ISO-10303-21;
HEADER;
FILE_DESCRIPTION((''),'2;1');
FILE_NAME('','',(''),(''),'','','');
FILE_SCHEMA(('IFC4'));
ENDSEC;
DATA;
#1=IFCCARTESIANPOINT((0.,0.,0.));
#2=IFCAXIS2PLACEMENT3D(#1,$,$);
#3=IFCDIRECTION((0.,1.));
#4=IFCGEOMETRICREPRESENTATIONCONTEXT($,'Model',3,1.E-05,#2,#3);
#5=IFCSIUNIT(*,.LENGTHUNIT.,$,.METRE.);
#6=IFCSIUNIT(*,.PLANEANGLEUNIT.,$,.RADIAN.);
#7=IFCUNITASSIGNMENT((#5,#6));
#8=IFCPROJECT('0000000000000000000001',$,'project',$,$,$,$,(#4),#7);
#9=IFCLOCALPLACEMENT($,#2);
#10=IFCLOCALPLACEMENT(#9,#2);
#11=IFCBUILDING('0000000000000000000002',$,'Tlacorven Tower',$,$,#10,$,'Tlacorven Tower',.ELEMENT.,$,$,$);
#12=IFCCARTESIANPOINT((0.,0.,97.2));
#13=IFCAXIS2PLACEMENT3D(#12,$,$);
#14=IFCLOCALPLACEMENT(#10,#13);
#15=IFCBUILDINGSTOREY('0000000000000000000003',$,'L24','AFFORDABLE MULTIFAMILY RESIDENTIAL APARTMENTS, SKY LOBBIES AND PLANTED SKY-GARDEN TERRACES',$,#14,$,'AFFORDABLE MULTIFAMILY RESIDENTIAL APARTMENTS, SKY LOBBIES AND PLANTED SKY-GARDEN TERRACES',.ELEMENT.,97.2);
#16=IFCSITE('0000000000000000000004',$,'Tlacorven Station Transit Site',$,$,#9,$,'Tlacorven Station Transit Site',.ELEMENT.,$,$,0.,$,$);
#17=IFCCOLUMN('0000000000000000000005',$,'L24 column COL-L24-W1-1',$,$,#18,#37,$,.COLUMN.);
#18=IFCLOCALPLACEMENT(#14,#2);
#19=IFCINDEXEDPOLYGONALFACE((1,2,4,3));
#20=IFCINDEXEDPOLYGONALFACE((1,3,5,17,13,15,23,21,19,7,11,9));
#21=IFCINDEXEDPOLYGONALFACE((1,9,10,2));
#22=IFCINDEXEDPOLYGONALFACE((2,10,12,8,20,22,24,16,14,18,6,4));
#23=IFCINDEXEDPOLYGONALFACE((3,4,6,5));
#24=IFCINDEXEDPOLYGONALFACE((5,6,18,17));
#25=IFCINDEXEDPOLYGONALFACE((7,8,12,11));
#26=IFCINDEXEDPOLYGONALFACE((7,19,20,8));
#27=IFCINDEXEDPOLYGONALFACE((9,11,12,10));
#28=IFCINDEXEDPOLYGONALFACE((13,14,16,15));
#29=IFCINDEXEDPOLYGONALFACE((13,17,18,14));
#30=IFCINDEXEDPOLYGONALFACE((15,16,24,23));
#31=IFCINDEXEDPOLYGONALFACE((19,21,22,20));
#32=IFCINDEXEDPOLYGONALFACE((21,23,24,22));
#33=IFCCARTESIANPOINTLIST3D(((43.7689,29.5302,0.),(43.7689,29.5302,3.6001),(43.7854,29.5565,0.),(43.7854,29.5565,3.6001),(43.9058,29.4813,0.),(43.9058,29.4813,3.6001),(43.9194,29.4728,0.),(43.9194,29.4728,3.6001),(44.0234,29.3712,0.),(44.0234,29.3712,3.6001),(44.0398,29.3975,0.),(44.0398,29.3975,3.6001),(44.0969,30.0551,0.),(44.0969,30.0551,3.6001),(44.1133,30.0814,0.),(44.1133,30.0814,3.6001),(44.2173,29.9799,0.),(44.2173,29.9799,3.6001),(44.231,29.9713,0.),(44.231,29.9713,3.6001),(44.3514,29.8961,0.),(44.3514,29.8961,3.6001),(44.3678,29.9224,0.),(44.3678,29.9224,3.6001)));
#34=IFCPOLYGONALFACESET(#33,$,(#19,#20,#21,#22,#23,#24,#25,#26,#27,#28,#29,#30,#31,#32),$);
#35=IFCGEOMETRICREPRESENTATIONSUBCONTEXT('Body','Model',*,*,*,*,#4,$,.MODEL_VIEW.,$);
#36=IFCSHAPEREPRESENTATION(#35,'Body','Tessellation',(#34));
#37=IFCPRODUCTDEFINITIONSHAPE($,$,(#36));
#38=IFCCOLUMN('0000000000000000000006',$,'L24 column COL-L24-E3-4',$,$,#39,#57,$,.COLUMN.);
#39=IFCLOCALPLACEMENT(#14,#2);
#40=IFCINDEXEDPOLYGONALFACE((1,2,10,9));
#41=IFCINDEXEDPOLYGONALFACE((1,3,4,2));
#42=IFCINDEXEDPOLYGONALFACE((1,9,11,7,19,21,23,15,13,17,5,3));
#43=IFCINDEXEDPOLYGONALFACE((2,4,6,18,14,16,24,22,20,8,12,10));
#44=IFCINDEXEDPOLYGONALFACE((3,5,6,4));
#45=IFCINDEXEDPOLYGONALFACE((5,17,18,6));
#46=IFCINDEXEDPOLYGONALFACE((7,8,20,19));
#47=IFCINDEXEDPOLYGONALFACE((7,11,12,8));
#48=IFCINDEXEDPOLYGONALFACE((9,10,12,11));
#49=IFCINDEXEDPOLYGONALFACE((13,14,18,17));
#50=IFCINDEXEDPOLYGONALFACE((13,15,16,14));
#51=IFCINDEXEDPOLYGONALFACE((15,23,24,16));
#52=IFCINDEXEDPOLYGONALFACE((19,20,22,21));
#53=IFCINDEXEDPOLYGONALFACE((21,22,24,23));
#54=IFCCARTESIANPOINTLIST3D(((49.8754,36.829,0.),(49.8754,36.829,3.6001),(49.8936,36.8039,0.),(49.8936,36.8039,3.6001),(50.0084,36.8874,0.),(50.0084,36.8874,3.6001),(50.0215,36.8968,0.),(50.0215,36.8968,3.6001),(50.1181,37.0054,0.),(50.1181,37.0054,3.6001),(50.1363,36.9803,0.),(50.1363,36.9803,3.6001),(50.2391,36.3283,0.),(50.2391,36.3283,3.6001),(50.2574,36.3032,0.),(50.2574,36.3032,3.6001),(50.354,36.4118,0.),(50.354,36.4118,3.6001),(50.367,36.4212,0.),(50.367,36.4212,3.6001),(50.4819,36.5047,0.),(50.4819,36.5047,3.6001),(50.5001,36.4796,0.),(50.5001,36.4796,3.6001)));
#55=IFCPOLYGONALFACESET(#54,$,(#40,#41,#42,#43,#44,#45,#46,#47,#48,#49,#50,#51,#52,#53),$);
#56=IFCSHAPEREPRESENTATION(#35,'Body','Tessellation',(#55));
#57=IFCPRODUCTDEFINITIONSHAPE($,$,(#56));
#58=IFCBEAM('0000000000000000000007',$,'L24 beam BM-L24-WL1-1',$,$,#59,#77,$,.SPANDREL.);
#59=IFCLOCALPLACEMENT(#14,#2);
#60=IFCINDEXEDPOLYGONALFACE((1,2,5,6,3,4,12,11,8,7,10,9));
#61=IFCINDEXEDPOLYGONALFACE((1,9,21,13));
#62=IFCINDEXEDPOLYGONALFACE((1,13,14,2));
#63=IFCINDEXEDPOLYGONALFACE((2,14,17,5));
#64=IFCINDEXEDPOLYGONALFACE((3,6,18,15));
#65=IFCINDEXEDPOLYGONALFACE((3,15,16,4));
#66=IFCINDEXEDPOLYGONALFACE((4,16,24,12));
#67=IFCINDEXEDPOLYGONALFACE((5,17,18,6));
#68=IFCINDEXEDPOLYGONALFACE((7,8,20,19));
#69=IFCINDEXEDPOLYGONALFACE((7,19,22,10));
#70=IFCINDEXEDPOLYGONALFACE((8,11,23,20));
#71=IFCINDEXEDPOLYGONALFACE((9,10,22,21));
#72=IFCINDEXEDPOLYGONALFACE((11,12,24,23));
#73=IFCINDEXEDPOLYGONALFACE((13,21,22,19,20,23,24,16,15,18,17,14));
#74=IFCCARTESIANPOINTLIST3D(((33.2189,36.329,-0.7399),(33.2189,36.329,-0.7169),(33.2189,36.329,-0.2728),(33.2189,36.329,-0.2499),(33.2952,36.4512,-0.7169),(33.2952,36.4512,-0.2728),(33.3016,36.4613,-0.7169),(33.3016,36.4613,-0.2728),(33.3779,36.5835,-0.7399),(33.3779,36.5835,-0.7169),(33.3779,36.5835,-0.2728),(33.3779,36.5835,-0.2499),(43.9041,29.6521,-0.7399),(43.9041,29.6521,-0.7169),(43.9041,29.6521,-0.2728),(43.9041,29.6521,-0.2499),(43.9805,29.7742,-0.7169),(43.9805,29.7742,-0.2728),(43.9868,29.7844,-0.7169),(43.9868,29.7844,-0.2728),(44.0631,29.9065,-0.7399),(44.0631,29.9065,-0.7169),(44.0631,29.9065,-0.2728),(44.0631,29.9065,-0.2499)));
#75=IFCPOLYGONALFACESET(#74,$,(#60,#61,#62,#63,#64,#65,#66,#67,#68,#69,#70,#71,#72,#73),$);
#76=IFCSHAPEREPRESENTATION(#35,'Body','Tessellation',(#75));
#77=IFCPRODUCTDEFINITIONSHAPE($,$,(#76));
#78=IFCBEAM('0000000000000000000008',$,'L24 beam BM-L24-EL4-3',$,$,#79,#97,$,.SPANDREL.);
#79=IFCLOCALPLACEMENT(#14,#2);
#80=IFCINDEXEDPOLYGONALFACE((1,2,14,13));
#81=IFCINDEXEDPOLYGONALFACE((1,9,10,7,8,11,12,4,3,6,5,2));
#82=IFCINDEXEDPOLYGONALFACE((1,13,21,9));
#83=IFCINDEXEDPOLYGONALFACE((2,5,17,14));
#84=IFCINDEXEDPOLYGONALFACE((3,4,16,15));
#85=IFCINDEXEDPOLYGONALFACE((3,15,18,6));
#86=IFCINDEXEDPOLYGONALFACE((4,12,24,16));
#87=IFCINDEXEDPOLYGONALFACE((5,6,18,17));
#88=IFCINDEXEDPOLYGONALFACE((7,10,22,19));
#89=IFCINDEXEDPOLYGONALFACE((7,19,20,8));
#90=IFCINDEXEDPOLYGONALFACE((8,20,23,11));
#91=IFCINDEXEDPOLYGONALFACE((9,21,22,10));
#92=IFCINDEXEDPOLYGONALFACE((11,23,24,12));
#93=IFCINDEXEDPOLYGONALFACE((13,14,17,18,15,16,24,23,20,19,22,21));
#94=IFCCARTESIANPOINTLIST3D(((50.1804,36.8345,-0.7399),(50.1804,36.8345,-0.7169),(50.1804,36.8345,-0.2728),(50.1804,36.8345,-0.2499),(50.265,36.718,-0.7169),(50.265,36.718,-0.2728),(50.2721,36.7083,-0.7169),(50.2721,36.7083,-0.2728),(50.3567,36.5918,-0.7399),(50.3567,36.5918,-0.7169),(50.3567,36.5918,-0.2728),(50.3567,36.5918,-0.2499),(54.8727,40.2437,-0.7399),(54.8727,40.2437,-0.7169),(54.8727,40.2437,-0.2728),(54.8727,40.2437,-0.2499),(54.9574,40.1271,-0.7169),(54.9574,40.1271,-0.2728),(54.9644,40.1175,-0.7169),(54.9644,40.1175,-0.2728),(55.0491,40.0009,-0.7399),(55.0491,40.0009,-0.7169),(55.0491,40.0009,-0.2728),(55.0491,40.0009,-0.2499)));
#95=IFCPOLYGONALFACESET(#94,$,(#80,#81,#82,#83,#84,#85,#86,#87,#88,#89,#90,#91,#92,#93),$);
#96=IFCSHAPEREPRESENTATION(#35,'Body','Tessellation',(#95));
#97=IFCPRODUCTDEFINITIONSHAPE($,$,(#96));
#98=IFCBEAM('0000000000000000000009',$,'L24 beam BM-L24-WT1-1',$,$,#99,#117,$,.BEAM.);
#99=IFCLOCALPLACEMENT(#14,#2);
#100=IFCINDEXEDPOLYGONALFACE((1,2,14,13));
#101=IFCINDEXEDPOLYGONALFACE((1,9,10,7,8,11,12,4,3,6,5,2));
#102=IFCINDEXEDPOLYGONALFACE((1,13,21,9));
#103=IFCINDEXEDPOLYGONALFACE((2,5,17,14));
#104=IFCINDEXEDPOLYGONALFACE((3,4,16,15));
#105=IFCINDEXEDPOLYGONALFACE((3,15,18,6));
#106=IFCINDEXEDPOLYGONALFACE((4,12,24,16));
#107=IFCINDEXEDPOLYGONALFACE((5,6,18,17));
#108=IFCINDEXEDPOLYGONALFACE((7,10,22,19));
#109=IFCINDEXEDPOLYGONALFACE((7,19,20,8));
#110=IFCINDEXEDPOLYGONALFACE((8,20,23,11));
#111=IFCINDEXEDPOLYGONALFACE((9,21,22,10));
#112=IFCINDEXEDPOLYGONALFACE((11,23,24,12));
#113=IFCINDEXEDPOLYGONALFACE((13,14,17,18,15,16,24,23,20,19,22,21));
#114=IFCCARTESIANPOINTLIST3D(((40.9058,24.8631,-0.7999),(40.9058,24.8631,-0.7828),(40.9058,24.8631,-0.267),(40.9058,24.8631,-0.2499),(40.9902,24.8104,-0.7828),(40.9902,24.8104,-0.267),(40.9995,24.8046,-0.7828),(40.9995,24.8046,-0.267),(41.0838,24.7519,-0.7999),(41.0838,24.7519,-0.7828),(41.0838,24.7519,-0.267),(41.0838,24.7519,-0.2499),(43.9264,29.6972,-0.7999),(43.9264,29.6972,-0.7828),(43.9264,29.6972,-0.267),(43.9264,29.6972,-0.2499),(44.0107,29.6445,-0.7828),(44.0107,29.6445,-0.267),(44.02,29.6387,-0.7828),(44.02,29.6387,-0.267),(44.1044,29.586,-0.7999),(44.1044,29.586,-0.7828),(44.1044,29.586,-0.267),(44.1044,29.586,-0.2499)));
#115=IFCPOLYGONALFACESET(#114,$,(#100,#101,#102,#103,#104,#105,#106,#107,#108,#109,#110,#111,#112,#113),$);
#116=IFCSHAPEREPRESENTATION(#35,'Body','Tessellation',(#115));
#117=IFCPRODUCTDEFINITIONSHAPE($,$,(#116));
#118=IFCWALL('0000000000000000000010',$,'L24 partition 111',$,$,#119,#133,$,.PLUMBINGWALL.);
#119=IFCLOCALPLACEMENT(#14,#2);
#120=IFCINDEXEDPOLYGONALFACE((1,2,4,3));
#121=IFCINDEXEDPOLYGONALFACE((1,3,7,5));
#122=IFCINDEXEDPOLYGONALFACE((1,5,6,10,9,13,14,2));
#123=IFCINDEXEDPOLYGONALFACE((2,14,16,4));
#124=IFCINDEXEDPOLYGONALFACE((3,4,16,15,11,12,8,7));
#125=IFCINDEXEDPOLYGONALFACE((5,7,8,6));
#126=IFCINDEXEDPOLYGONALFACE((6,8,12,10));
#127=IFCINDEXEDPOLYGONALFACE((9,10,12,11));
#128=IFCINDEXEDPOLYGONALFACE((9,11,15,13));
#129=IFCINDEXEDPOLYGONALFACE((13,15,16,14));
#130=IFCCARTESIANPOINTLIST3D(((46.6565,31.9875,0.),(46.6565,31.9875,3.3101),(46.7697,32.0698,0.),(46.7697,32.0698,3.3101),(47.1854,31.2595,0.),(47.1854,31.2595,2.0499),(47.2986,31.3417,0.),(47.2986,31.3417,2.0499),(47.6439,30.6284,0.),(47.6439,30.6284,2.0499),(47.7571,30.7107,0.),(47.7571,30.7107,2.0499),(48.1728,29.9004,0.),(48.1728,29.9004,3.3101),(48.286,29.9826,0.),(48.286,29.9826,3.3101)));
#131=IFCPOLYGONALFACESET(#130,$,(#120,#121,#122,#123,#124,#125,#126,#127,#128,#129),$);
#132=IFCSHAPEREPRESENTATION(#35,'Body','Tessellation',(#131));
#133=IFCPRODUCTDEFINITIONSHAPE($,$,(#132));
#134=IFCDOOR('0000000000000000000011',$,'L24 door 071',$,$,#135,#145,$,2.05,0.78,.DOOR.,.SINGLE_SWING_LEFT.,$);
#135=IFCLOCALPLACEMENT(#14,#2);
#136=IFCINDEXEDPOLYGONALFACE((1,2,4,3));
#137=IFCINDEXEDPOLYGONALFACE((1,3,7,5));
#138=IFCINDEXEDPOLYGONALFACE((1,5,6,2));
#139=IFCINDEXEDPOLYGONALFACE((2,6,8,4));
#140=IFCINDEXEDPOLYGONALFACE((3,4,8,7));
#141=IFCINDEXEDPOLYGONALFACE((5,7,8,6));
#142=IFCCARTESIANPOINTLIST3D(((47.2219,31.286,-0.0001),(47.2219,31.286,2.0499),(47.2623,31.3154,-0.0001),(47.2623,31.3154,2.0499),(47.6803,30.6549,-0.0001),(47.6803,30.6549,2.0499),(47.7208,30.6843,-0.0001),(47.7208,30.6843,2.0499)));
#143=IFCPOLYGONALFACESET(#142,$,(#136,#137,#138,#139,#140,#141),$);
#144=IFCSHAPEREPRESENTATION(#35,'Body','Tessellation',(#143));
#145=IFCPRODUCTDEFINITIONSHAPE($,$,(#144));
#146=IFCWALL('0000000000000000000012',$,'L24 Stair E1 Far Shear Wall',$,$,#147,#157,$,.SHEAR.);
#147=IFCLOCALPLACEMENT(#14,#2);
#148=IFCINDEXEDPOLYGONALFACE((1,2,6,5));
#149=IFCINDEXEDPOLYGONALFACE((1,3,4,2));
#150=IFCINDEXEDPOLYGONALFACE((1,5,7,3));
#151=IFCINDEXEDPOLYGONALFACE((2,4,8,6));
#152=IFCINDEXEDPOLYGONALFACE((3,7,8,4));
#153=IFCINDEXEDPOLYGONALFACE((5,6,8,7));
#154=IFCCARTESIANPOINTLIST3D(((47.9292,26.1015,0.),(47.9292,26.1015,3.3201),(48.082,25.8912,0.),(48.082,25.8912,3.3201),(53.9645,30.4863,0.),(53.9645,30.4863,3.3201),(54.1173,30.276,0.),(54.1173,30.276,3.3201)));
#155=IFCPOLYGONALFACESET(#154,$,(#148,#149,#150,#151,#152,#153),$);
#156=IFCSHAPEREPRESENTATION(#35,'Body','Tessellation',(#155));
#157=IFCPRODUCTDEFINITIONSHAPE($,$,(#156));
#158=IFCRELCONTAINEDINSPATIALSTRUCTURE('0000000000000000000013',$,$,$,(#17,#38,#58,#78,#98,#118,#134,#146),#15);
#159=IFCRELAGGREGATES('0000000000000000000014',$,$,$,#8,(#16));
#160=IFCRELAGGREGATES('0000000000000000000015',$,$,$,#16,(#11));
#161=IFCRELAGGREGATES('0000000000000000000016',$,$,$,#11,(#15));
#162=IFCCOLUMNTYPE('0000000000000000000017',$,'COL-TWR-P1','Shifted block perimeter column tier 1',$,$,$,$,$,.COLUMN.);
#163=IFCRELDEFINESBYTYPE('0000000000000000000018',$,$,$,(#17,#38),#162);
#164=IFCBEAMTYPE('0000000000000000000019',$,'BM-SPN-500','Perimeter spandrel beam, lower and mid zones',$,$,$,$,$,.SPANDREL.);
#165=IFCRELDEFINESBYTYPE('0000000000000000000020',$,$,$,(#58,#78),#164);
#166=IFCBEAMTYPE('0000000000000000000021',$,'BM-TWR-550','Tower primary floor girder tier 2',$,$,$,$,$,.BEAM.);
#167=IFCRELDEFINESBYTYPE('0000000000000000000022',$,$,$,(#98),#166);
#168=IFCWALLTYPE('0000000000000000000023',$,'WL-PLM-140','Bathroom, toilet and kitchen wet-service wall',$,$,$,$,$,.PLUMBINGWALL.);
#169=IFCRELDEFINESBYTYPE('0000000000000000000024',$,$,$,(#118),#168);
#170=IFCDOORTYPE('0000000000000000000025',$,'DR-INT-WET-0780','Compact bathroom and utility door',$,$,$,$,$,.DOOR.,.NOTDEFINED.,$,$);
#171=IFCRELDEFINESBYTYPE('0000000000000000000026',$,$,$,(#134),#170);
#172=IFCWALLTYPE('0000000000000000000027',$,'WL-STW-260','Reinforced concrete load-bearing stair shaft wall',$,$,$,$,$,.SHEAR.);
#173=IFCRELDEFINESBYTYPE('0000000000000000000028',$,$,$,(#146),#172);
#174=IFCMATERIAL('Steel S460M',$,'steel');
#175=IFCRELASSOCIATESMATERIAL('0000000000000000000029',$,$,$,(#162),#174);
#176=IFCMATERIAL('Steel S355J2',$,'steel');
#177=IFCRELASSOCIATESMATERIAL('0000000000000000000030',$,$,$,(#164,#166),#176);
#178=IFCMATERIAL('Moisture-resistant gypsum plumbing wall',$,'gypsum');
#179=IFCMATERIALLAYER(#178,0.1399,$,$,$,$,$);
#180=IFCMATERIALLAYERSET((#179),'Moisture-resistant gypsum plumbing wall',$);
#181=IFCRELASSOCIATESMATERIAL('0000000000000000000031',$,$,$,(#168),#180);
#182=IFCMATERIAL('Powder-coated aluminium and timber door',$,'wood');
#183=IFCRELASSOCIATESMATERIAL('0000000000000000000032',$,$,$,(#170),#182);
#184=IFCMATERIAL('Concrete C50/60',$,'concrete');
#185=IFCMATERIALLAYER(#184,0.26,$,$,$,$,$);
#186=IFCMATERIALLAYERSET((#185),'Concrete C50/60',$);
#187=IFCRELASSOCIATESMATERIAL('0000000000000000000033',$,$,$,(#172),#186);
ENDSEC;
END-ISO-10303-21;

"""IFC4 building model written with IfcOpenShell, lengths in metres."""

from ifc_helpers import new_model, si_unit, direction, frame, frame_2d, origin, origin_2d, place, context, subcontext, project, spatial, rectangle, i_section, extrude, source, transform, mapped, material, layer, layer_set, material_profile, profile_set, type_object, element, fill, save


model = new_model("IFC4")

# Units and contexts
model_context = context("Model", 3, precision=1e-05, world=origin(), true_north=direction((0.0, 1.0)))
body_context = subcontext(model_context, "Body", "Model", "MODEL_VIEW")
ifc_project = project(units=[si_unit("LENGTHUNIT", "METRE"), si_unit("PLANEANGLEUNIT", "RADIAN")], contexts=[model_context])

# Site, building, storey
site_placement = place(None, origin())
site = spatial("IfcSite", under=ifc_project, at=site_placement, Name="Tlacorven Station Transit Site", LongName="Tlacorven Station Transit Site", CompositionType="ELEMENT", RefElevation=0.0)
building_placement = place(site_placement, origin())
building = spatial("IfcBuilding", under=site, at=building_placement, Name="Tlacorven Tower", LongName="Tlacorven Tower", CompositionType="ELEMENT")
storey_placement = place(building_placement, frame((0.0, 0.0, 97.2)))
storey = spatial("IfcBuildingStorey", under=building, at=storey_placement, Name="L24", Description="AFFORDABLE MULTIFAMILY RESIDENTIAL APARTMENTS, SKY LOBBIES AND PLANTED SKY-GARDEN TERRACES", LongName="AFFORDABLE MULTIFAMILY RESIDENTIAL APARTMENTS, SKY LOBBIES AND PLANTED SKY-GARDEN TERRACES", CompositionType="ELEMENT", Elevation=97.2)

# Columns
ifc_material_1 = material(Name="Steel S460M", Category="steel")
ifc_material_profile_1 = material_profile(ifc_material_1, i_section(OverallWidth=0.3, OverallDepth=0.6499, WebThickness=0.0161, FlangeThickness=0.031, at=origin_2d()), Name="HEB 650")
ifc_profile_set_1 = profile_set([ifc_material_profile_1], Name="Steel S460M")
column_type = type_object("IfcColumnType", Name="COL-TWR-P1", Description="Shifted block perimeter column tier 1", PredefinedType="COLUMN", material=ifc_profile_set_1)
shared_shape_1 = source(origin(), body_context, "Body", "SweptSolid", [
    extrude(i_section(OverallWidth=0.3, OverallDepth=0.6499, WebThickness=0.0161, FlangeThickness=0.031, at=origin_2d()), origin(), (0.0, 0.0, 1.0), 3.6001),
])
for number, where, z_axis, x_axis, name in (
    (1, (44.0684, 29.7263, 0.0), (0.0, 0.0, 1.0), (-0.848048, 0.529919, 0.0), "L24 column COL-L24-W1-1"),
    (2, (50.1877, 36.6543, 0.0), (0.0, 0.0, 1.0), (0.809017, 0.587785, 0.0), "L24 column COL-L24-E3-4"),
):
    element("IfcColumn", number, at=place(storey_placement, frame(where, z_axis=z_axis, x_axis=x_axis)), inside=storey, type_object=column_type, Name=name, PredefinedType="COLUMN", context=body_context, shape_type="MappedRepresentation", body=[
        mapped(shared_shape_1, transform((0.0, 0.0, 0.0), scale=1.0)),
    ])

# Beams
ifc_material_2 = material(Name="Steel S355J2", Category="steel")
ifc_material_profile_2 = material_profile(ifc_material_2, i_section(OverallWidth=0.3, OverallDepth=0.49, WebThickness=0.012, FlangeThickness=0.0229, at=origin_2d()), Name="HEA 500")
ifc_profile_set_2 = profile_set([ifc_material_profile_2], Name="Steel S355J2")
beam_type_1 = type_object("IfcBeamType", Name="BM-SPN-500", Description="Perimeter spandrel beam, lower and mid zones", PredefinedType="SPANDREL", material=ifc_profile_set_2)
shared_shape_2 = source(origin(), body_context, "Body", "SweptSolid", [
    extrude(i_section(OverallWidth=0.3, OverallDepth=0.49, WebThickness=0.012, FlangeThickness=0.0229, at=origin_2d()), origin(), (0.0, 0.0, 1.0), 12.5999),
])
beam_1_placement = place(storey_placement, frame((43.9836, 29.7793, -0.4949), z_axis=(-0.848045, 0.529924, 0.0), x_axis=(-0.529924, -0.848045, 0.0)))
element("IfcBeam", 3, at=beam_1_placement, inside=storey, type_object=beam_type_1, Name="L24 beam BM-L24-WL1-1", PredefinedType="SPANDREL", context=body_context, shape_type="MappedRepresentation", body=[
    mapped(shared_shape_2, transform((0.0, 0.0, 0.0), scale=1.0)),
])
shared_shape_3 = source(origin(), body_context, "Body", "SweptSolid", [
    extrude(i_section(OverallWidth=0.3, OverallDepth=0.49, WebThickness=0.012, FlangeThickness=0.0229, at=origin_2d()), origin(), (0.0, 0.0, 1.0), 5.8),
])
beam_2_placement = place(storey_placement, frame((50.2686, 36.7131, -0.4949), z_axis=(0.80902, 0.587781, 0.0), x_axis=(-0.587781, 0.80902, 0.0)))
element("IfcBeam", 4, at=beam_2_placement, inside=storey, type_object=beam_type_1, Name="L24 beam BM-L24-EL4-3", PredefinedType="SPANDREL", context=body_context, shape_type="MappedRepresentation", body=[
    mapped(shared_shape_3, transform((0.0, 0.0, 0.0), scale=1.0)),
])
ifc_material_profile_3 = material_profile(ifc_material_2, i_section(OverallWidth=0.21, OverallDepth=0.55, WebThickness=0.011, FlangeThickness=0.0171, at=origin_2d()), Name="IPE 550")
ifc_profile_set_3 = profile_set([ifc_material_profile_3], Name="Steel S355J2")
beam_type_2 = type_object("IfcBeamType", Name="BM-TWR-550", Description="Tower primary floor girder tier 2", PredefinedType="BEAM", material=ifc_profile_set_3)
shared_shape_4 = source(origin(), body_context, "Body", "SweptSolid", [
    extrude(i_section(OverallWidth=0.21, OverallDepth=0.55, WebThickness=0.011, FlangeThickness=0.0171, at=origin_2d()), origin(), (0.0, 0.0, 1.0), 5.7002),
])
beam_3_placement = place(storey_placement, frame((44.0154, 29.6416, -0.5249), z_axis=(-0.529907, -0.848056, 0.0), x_axis=(0.848056, -0.529907, 0.0)))
element("IfcBeam", 5, at=beam_3_placement, inside=storey, type_object=beam_type_2, Name="L24 beam BM-L24-WT1-1", PredefinedType="BEAM", context=body_context, shape_type="MappedRepresentation", body=[
    mapped(shared_shape_4, transform((0.0, 0.0, 0.0), scale=1.0)),
])

# Wall, opening, door
ifc_material_3 = material(Name="Moisture-resistant gypsum plumbing wall", Category="gypsum")
ifc_layer_1 = layer(ifc_material_3, 0.1399)
ifc_layer_set_1 = layer_set([ifc_layer_1], Name="Moisture-resistant gypsum plumbing wall")
wall_type_1 = type_object("IfcWallType", Name="WL-PLM-140", Description="Bathroom, toilet and kitchen wet-service wall", PredefinedType="PLUMBINGWALL", material=ifc_layer_set_1)
wall_1_placement = place(storey_placement, frame((48.2295, 29.9414, 0.0), z_axis=(0.0, 0.0, 1.0), x_axis=(-0.587772, 0.809027, 0.0)))
wall_1 = element("IfcWall", 6, at=wall_1_placement, inside=storey, type_object=wall_type_1, Name="L24 partition 111", PredefinedType="PLUMBINGWALL", context=body_context, shape_type="SweptSolid", body=[
    extrude(rectangle(XDim=2.5798, YDim=0.1399, at=frame_2d((1.29, 0.0))), origin(), (0.0, 0.0, 1.0), 3.3101),
])
opening_placement = place(wall_1_placement, frame((0.8999, 0.0, 0.0)))
opening = element("IfcOpeningElement", 7, at=opening_placement, cuts=wall_1, PredefinedType="OPENING", context=body_context, shape_type="SweptSolid", body=[
    extrude(rectangle(XDim=0.78, YDim=2.05, at=frame_2d((0.3901, 1.0249))), frame((0.0, 0.0801, 0.0), z_axis=(0.0, -1.0, 0.0), x_axis=(1.0, 0.0, 0.0)), (0.0, 0.0, 1.0), 0.1599),
])
ifc_material_4 = material(Name="Powder-coated aluminium and timber door", Category="wood")
door_type = type_object("IfcDoorType", Name="DR-INT-WET-0780", Description="Compact bathroom and utility door", OperationType="NOTDEFINED", PredefinedType="DOOR", material=ifc_material_4)
shared_shape_5 = source(origin(), body_context, "Body", "SweptSolid", [
    extrude(rectangle(XDim=0.78, YDim=2.05, at=frame_2d((0.3901, 1.0249))), frame((0.0, 0.0249, 0.0), z_axis=(0.0, -1.0, 0.0), x_axis=(1.0, 0.0, 0.0)), (0.0, 0.0, 1.0), 0.05),
])
door_placement = place(opening_placement, origin())
door = element("IfcDoor", 8, at=door_placement, inside=storey, type_object=door_type, Name="L24 door 071", OperationType="SINGLE_SWING_LEFT", OverallHeight=2.05, OverallWidth=0.78, PredefinedType="DOOR", context=body_context, shape_type="MappedRepresentation", body=[
    mapped(shared_shape_5, transform((0.0, 0.0, 0.0), scale=1.0)),
])
fill(opening, door)

# Wall
ifc_material_5 = material(Name="Concrete C50/60", Category="concrete")
ifc_layer_2 = layer(ifc_material_5, 0.26)
ifc_layer_set_2 = layer_set([ifc_layer_2], Name="Concrete C50/60")
wall_type_2 = type_object("IfcWallType", Name="WL-STW-260", Description="Reinforced concrete load-bearing stair shaft wall", PredefinedType="SHEAR", material=ifc_layer_set_2)
wall_2_placement = place(storey_placement, frame((48.0056, 25.9963, 0.0), z_axis=(0.0, 0.0, 1.0), x_axis=(0.809019, 0.587782, 0.0)))
element("IfcWall", 9, at=wall_2_placement, inside=storey, type_object=wall_type_2, Name="L24 Stair E1 Far Shear Wall", PredefinedType="SHEAR", context=body_context, shape_type="SweptSolid", body=[
    extrude(rectangle(XDim=7.46, YDim=0.26, at=frame_2d((3.73, 0.0))), origin(), (0.0, 0.0, 1.0), 3.3201),
])

save(model, "model.ifc")
